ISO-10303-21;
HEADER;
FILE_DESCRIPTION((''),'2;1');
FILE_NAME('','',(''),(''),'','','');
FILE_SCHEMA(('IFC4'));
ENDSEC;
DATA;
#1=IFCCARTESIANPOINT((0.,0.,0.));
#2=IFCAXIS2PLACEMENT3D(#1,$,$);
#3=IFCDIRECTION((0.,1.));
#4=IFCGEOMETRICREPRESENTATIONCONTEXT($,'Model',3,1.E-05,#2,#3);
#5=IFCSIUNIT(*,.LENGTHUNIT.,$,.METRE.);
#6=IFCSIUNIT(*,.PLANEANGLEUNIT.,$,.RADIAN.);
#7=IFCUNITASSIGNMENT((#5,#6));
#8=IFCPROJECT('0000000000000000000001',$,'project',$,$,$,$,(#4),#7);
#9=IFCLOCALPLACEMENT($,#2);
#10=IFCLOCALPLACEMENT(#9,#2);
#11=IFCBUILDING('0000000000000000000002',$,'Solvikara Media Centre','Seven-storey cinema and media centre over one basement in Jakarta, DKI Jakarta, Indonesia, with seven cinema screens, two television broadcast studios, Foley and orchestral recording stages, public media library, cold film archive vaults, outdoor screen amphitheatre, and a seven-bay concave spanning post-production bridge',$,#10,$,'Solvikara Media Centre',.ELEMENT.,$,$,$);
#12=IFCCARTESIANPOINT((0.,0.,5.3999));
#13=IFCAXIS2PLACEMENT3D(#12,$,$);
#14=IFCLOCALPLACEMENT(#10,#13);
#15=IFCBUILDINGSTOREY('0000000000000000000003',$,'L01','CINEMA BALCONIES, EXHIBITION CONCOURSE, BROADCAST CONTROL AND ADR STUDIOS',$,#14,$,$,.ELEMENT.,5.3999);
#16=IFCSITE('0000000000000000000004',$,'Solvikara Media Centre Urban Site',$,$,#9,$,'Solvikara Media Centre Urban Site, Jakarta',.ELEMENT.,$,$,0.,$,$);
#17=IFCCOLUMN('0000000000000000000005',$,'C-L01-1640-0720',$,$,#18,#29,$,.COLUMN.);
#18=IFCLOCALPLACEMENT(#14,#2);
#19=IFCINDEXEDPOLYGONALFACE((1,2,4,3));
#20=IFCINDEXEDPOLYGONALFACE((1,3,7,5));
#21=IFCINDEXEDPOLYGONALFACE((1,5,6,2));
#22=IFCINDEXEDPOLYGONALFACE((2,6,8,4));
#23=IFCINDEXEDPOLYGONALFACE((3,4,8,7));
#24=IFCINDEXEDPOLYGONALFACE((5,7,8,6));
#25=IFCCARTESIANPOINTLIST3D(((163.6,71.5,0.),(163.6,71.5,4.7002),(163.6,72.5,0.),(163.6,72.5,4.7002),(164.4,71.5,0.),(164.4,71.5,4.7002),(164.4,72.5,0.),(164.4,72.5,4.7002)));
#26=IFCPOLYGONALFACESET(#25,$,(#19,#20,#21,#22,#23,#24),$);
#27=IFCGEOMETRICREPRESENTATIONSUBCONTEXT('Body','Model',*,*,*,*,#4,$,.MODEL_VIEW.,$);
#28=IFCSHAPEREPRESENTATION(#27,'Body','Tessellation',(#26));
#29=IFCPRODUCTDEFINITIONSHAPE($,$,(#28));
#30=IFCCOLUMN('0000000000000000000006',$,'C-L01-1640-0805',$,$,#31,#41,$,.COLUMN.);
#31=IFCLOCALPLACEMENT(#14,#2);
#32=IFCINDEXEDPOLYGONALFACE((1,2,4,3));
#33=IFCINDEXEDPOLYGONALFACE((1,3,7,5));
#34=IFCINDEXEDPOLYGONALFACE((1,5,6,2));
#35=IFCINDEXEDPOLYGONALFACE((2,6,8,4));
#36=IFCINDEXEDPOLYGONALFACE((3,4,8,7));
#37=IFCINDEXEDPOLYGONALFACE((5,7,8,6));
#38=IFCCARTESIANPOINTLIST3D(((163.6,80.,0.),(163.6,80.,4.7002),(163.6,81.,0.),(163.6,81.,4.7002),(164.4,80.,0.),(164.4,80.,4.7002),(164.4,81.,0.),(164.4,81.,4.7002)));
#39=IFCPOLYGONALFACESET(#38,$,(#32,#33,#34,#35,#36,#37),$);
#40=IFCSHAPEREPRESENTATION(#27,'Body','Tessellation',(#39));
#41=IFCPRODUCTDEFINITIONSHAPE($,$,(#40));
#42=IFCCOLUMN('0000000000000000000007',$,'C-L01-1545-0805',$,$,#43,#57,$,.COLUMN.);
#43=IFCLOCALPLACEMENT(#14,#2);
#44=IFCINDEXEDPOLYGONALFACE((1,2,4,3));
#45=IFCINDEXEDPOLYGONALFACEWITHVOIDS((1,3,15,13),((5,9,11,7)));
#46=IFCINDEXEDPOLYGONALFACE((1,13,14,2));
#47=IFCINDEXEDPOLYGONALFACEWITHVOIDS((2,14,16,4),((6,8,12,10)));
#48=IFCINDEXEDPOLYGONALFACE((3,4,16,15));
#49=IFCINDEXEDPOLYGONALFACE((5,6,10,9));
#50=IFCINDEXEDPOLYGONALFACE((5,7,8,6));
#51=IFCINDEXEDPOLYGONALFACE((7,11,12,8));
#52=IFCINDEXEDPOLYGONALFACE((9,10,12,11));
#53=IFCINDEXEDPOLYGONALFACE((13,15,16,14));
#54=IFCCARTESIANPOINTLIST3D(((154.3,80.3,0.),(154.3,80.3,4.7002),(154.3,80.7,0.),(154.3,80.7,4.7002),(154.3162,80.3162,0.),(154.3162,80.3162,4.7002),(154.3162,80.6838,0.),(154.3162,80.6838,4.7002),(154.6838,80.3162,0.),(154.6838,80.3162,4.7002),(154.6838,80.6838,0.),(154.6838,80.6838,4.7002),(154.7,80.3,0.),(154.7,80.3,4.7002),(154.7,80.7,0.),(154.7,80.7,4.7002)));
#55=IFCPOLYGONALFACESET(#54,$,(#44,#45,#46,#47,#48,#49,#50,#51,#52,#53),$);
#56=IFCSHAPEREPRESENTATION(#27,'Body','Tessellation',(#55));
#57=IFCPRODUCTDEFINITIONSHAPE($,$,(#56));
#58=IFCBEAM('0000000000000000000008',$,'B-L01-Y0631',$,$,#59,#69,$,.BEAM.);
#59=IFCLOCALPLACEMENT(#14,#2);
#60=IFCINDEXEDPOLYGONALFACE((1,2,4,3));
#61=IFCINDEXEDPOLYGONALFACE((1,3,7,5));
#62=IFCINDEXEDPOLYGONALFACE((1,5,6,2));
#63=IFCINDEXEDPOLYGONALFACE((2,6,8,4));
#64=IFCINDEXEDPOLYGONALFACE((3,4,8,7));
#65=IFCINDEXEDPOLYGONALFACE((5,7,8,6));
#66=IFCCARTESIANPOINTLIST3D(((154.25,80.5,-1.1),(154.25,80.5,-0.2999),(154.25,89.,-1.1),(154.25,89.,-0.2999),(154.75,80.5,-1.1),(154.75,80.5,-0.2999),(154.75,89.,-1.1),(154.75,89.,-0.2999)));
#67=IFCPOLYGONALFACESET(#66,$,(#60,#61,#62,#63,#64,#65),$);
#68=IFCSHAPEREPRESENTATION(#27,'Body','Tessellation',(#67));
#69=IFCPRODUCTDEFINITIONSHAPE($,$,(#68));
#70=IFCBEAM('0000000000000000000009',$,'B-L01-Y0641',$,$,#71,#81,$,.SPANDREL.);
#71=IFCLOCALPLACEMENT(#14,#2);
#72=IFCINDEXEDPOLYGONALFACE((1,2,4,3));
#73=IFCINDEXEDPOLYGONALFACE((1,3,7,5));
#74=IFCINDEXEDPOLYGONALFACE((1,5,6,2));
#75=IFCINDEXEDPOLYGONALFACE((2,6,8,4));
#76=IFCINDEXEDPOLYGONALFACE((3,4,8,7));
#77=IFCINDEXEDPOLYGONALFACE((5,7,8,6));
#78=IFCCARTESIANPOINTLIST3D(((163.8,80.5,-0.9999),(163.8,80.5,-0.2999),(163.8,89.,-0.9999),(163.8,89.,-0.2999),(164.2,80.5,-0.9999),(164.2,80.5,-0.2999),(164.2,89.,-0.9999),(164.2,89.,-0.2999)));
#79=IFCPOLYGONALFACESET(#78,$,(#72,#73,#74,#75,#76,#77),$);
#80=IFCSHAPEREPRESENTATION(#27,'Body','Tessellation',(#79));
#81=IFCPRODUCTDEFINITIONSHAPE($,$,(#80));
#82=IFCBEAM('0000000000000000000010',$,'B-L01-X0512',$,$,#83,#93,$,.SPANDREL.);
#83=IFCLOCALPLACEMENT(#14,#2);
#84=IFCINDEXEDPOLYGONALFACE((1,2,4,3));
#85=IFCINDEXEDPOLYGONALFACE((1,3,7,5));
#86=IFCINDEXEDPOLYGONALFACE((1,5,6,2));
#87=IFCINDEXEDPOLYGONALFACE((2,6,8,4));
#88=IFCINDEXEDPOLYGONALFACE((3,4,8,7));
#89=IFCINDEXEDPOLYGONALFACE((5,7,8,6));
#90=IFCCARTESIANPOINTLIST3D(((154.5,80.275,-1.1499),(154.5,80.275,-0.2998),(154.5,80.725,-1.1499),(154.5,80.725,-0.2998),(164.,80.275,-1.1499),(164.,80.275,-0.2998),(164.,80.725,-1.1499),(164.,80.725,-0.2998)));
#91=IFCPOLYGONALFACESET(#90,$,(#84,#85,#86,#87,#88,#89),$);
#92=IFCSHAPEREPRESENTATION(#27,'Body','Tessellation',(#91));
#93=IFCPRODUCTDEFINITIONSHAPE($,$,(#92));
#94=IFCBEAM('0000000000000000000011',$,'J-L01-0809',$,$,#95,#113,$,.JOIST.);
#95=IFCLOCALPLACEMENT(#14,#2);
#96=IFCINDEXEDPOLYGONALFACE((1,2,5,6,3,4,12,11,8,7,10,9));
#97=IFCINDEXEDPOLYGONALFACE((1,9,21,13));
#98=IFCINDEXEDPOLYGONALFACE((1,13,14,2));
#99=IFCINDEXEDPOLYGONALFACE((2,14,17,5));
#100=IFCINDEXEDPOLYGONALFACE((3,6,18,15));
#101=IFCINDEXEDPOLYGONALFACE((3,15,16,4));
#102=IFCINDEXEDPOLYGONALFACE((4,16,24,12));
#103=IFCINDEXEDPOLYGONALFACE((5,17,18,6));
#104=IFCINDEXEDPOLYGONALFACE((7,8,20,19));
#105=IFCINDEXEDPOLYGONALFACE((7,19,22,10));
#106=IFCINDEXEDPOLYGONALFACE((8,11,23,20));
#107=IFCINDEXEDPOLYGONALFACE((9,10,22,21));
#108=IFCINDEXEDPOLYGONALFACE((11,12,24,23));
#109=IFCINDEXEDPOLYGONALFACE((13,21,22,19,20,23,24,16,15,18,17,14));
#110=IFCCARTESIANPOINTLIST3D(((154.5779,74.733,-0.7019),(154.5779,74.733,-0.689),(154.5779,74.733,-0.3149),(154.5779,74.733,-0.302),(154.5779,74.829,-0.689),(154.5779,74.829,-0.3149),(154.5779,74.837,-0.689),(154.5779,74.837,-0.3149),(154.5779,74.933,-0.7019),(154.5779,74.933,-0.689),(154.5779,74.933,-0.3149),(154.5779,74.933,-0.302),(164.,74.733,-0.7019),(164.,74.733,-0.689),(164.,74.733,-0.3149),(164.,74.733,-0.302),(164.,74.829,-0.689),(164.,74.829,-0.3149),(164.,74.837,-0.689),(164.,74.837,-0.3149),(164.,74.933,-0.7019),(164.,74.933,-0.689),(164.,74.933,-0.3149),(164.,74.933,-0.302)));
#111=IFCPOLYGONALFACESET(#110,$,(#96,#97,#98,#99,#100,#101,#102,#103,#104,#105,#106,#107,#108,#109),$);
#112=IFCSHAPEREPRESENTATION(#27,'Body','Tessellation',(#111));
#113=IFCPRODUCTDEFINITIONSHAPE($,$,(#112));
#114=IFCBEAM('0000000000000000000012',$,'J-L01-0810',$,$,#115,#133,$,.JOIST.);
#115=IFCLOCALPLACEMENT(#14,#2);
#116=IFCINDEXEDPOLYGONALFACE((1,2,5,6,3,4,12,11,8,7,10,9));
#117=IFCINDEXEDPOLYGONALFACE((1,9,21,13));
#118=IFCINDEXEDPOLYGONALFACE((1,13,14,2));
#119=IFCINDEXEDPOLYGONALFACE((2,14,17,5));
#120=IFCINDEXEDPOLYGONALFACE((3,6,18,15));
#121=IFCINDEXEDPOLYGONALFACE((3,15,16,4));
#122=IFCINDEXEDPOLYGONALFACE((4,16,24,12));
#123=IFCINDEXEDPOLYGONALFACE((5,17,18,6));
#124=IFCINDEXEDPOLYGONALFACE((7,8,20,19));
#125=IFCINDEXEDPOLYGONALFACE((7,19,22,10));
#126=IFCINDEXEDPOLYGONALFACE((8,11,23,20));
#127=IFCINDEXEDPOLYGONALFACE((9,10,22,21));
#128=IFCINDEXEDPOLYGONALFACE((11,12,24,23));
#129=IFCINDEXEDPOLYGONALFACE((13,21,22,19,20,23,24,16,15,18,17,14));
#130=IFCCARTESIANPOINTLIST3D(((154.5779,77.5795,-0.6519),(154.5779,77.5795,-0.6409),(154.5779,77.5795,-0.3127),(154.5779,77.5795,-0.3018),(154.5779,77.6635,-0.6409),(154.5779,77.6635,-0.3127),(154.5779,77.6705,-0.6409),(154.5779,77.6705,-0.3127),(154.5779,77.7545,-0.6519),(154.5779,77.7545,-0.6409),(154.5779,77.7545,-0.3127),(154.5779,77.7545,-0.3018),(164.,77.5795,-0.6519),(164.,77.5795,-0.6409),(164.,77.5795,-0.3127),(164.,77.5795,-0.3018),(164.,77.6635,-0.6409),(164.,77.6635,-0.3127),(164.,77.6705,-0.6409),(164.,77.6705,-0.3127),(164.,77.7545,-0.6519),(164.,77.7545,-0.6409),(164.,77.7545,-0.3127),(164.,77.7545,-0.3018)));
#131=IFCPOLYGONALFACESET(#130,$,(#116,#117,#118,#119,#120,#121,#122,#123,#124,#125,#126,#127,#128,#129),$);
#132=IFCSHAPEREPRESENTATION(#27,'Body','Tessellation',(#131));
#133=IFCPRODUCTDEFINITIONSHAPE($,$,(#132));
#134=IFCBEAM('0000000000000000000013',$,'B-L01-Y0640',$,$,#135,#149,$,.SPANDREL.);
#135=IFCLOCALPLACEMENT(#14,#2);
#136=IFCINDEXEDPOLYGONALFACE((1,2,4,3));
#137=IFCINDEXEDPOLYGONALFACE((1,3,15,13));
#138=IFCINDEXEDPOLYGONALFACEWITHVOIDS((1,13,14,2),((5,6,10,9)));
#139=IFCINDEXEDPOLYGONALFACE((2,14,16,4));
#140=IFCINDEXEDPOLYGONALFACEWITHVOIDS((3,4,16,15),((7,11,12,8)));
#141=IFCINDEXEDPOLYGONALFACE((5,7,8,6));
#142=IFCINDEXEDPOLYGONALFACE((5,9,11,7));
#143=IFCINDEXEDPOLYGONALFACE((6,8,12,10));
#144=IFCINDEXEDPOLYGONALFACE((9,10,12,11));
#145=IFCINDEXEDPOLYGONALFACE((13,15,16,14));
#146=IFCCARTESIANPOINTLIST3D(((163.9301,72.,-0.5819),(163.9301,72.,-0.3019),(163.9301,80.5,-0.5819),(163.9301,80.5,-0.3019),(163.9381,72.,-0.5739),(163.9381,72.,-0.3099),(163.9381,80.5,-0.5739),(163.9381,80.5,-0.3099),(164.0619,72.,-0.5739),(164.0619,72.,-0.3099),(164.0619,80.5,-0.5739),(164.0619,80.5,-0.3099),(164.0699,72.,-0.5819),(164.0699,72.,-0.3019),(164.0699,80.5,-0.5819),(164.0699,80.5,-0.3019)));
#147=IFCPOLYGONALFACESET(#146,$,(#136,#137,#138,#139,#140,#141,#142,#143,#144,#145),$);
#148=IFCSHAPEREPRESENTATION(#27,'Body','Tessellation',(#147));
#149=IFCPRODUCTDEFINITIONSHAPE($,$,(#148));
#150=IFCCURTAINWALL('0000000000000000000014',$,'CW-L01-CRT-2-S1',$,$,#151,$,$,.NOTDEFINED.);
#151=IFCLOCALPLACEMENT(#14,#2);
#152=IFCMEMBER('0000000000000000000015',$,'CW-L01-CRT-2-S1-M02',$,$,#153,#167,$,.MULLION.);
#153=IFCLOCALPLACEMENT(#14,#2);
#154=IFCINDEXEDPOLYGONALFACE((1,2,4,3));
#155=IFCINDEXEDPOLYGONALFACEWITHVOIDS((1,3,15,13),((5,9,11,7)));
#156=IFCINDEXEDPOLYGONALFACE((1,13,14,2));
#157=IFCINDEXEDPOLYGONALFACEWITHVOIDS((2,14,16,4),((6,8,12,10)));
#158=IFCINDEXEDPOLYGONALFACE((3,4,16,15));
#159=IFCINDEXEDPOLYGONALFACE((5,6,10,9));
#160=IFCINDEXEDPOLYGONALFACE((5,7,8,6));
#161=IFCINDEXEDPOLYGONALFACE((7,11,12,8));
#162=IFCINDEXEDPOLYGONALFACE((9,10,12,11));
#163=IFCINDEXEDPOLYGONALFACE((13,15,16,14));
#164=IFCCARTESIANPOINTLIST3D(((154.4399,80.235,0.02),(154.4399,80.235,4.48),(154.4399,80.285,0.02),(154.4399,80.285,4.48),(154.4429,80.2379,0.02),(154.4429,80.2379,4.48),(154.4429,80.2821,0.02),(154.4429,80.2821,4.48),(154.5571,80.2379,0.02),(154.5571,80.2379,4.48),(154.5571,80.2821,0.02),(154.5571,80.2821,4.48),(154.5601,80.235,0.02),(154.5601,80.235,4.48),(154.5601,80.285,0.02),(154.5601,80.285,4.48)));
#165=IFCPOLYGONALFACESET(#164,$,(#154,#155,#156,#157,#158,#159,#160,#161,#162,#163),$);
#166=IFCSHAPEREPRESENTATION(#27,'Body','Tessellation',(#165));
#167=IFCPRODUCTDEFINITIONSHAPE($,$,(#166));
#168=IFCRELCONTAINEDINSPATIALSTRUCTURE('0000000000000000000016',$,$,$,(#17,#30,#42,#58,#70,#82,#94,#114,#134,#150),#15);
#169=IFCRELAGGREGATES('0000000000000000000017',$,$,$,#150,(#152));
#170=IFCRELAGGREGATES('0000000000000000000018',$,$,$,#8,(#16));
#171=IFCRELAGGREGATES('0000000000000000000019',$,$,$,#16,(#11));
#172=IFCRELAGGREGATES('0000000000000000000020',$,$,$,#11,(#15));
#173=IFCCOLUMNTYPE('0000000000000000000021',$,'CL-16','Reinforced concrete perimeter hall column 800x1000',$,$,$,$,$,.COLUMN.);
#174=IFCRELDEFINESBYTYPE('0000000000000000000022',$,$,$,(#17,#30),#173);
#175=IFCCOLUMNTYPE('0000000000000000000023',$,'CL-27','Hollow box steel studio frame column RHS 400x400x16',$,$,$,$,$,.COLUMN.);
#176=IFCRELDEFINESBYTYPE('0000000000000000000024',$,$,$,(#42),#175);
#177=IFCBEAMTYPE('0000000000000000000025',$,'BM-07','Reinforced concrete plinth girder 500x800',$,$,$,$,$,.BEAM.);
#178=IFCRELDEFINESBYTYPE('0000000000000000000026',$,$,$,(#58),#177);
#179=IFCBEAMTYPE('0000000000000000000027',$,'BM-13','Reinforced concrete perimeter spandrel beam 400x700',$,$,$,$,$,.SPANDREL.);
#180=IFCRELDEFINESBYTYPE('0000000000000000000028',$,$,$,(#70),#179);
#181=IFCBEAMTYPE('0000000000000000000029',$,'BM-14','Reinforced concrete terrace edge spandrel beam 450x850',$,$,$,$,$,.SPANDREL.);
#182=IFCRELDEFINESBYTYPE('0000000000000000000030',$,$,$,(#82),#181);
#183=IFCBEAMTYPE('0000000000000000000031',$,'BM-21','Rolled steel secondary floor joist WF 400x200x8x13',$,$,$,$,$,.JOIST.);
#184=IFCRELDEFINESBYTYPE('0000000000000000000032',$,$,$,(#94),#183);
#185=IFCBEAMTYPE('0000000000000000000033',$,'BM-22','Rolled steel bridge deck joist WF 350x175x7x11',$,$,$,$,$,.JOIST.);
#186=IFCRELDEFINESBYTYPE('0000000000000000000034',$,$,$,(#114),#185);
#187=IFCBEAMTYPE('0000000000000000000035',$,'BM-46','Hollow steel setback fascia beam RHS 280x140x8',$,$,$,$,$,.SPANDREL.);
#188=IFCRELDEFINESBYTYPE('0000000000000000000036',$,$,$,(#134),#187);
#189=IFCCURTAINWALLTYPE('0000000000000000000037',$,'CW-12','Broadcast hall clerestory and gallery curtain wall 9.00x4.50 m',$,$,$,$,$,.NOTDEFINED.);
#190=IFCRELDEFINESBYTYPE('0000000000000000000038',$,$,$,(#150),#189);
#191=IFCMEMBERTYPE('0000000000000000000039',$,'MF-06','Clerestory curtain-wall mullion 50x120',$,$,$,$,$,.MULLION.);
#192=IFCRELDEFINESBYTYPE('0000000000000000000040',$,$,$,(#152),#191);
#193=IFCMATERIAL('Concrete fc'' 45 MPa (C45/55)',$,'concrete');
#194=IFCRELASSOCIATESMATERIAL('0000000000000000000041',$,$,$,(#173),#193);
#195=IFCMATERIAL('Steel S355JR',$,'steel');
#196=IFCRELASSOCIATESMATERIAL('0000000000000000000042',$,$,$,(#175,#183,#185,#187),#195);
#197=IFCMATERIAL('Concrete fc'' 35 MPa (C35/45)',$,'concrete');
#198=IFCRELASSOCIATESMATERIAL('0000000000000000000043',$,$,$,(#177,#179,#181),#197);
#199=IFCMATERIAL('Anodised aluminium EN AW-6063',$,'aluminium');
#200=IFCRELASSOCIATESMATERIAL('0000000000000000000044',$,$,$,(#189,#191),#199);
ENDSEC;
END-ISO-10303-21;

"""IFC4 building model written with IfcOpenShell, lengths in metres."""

from ifc_helpers import new_model, si_unit, direction, frame, origin, origin_2d, place, context, subcontext, project, spatial, rectangle, hollow_rectangle, i_section, extrude, material, material_profile, profile_set, type_object, element, aggregate, save


model = new_model("IFC4")

# Units and contexts
model_context = context("Model", 3, precision=1e-05, world=origin(), true_north=direction((0.0, 1.0)))
body_context = subcontext(model_context, "Body", "Model", "MODEL_VIEW")
ifc_project = project(units=[si_unit("LENGTHUNIT", "METRE"), si_unit("PLANEANGLEUNIT", "RADIAN")], contexts=[model_context])

# Site, building, storey
site_placement = place(None, origin())
site = spatial("IfcSite", under=ifc_project, at=site_placement, Name="Solvikara Media Centre Urban Site", LongName="Solvikara Media Centre Urban Site, Jakarta", CompositionType="ELEMENT", RefElevation=0.0)
building_placement = place(site_placement, origin())
building = spatial("IfcBuilding", under=site, at=building_placement, Name="Solvikara Media Centre", Description="Seven-storey cinema and media centre over one basement in Jakarta, DKI Jakarta, Indonesia, with seven cinema screens, two television broadcast studios, Foley and orchestral recording stages, public media library, cold film archive vaults, outdoor screen amphitheatre, and a seven-bay concave spanning post-production bridge", LongName="Solvikara Media Centre", CompositionType="ELEMENT")
storey_placement = place(building_placement, frame((0.0, 0.0, 5.3999)))
storey = spatial("IfcBuildingStorey", under=building, at=storey_placement, Name="L01", Description="CINEMA BALCONIES, EXHIBITION CONCOURSE, BROADCAST CONTROL AND ADR STUDIOS", CompositionType="ELEMENT", Elevation=5.3999)

# Columns
ifc_material_1 = material(Name="Concrete fc' 45 MPa (C45/55)", Category="concrete")
ifc_material_profile_1 = material_profile(ifc_material_1, rectangle(XDim=0.8, YDim=1.0, at=origin_2d()), Name="RC 800x1000")
ifc_profile_set_1 = profile_set([ifc_material_profile_1], Name="Concrete fc' 45 MPa (C45/55)")
column_type_1 = type_object("IfcColumnType", Name="CL-16", Description="Reinforced concrete perimeter hall column 800x1000", PredefinedType="COLUMN", material=ifc_profile_set_1)
for number, where, z_axis, x_axis, name in (
    (1, (164.0, 72.0, 0.0), (0.0, 0.0, 1.0), (1.0, 0.0, 0.0), "C-L01-1640-0720"),
    (2, (164.0, 80.5, 0.0), (0.0, 0.0, 1.0), (1.0, 0.0, 0.0), "C-L01-1640-0805"),
):
    element("IfcColumn", number, at=place(storey_placement, frame(where, z_axis=z_axis, x_axis=x_axis)), inside=storey, type_object=column_type_1, Name=name, PredefinedType="COLUMN", context=body_context, shape_type="SweptSolid", body=[
        extrude(rectangle(XDim=0.8, YDim=1.0, at=origin_2d()), origin(), (0.0, 0.0, 1.0), 4.7002),
    ])
ifc_material_2 = material(Name="Steel S355JR", Category="steel")
ifc_material_profile_2 = material_profile(ifc_material_2, hollow_rectangle(XDim=0.3999, YDim=0.3999, WallThickness=0.0161, at=origin_2d()), Name="RHS 400x400x16")
ifc_profile_set_2 = profile_set([ifc_material_profile_2], Name="Steel S355JR")
column_type_2 = type_object("IfcColumnType", Name="CL-27", Description="Hollow box steel studio frame column RHS 400x400x16", PredefinedType="COLUMN", material=ifc_profile_set_2)
column_placement = place(storey_placement, frame((154.5, 80.5, 0.0), z_axis=(0.0, 0.0, 1.0), x_axis=(1.0, 0.0, 0.0)))
element("IfcColumn", 3, at=column_placement, inside=storey, type_object=column_type_2, Name="C-L01-1545-0805", PredefinedType="COLUMN", context=body_context, shape_type="SweptSolid", body=[
    extrude(hollow_rectangle(XDim=0.3999, YDim=0.3999, WallThickness=0.0161, at=origin_2d()), origin(), (0.0, 0.0, 1.0), 4.7002),
])

# Beams
ifc_material_3 = material(Name="Concrete fc' 35 MPa (C35/45)", Category="concrete")
ifc_material_profile_3 = material_profile(ifc_material_3, rectangle(XDim=0.5, YDim=0.8, at=origin_2d()), Name="RC 500x800")
ifc_profile_set_3 = profile_set([ifc_material_profile_3], Name="Concrete fc' 35 MPa (C35/45)")
beam_type_1 = type_object("IfcBeamType", Name="BM-07", Description="Reinforced concrete plinth girder 500x800", PredefinedType="BEAM", material=ifc_profile_set_3)
beam_1_placement = place(storey_placement, frame((154.5, 80.5, -0.7), z_axis=(0.0, 1.0, 0.0), x_axis=(-1.0, 0.0, 0.0)))
element("IfcBeam", 4, at=beam_1_placement, inside=storey, type_object=beam_type_1, Name="B-L01-Y0631", PredefinedType="BEAM", context=body_context, shape_type="SweptSolid", body=[
    extrude(rectangle(XDim=0.5, YDim=0.8, at=origin_2d()), origin(), (0.0, 0.0, 1.0), 8.5),
])
ifc_material_profile_4 = material_profile(ifc_material_3, rectangle(XDim=0.3999, YDim=0.7, at=origin_2d()), Name="RC 400x700")
ifc_profile_set_4 = profile_set([ifc_material_profile_4], Name="Concrete fc' 35 MPa (C35/45)")
beam_type_2 = type_object("IfcBeamType", Name="BM-13", Description="Reinforced concrete perimeter spandrel beam 400x700", PredefinedType="SPANDREL", material=ifc_profile_set_4)
beam_2_placement = place(storey_placement, frame((164.0, 80.5, -0.6499), z_axis=(0.0, 1.0, 0.0), x_axis=(-1.0, 0.0, 0.0)))
element("IfcBeam", 5, at=beam_2_placement, inside=storey, type_object=beam_type_2, Name="B-L01-Y0641", PredefinedType="SPANDREL", context=body_context, shape_type="SweptSolid", body=[
    extrude(rectangle(XDim=0.3999, YDim=0.7, at=origin_2d()), origin(), (0.0, 0.0, 1.0), 8.5),
])
ifc_material_profile_5 = material_profile(ifc_material_3, rectangle(XDim=0.45, YDim=0.8501, at=origin_2d()), Name="RC 450x850")
ifc_profile_set_5 = profile_set([ifc_material_profile_5], Name="Concrete fc' 35 MPa (C35/45)")
beam_type_3 = type_object("IfcBeamType", Name="BM-14", Description="Reinforced concrete terrace edge spandrel beam 450x850", PredefinedType="SPANDREL", material=ifc_profile_set_5)
beam_3_placement = place(storey_placement, frame((154.5, 80.5, -0.7249), z_axis=(1.0, 0.0, 0.0), x_axis=(0.0, 1.0, 0.0)))
element("IfcBeam", 6, at=beam_3_placement, inside=storey, type_object=beam_type_3, Name="B-L01-X0512", PredefinedType="SPANDREL", context=body_context, shape_type="SweptSolid", body=[
    extrude(rectangle(XDim=0.45, YDim=0.8501, at=origin_2d()), origin(), (0.0, 0.0, 1.0), 9.5),
])
ifc_material_profile_6 = material_profile(ifc_material_2, i_section(OverallWidth=0.2, OverallDepth=0.3999, WebThickness=0.0081, FlangeThickness=0.0129, at=origin_2d()), Name="WF 400x200x8x13")
ifc_profile_set_6 = profile_set([ifc_material_profile_6], Name="Steel S355JR")
beam_type_4 = type_object("IfcBeamType", Name="BM-21", Description="Rolled steel secondary floor joist WF 400x200x8x13", PredefinedType="JOIST", material=ifc_profile_set_6)
beam_4_placement = place(storey_placement, frame((154.5779, 74.833, -0.502), z_axis=(1.0, 0.0, 0.0), x_axis=(0.0, 1.0, 0.0)))
element("IfcBeam", 7, at=beam_4_placement, inside=storey, type_object=beam_type_4, Name="J-L01-0809", PredefinedType="JOIST", context=body_context, shape_type="SweptSolid", body=[
    extrude(i_section(OverallWidth=0.2, OverallDepth=0.3999, WebThickness=0.0081, FlangeThickness=0.0129, at=origin_2d()), origin(), (0.0, 0.0, 1.0), 9.4221),
])
ifc_material_profile_7 = material_profile(ifc_material_2, i_section(OverallWidth=0.175, OverallDepth=0.3501, WebThickness=0.0071, FlangeThickness=0.011, at=origin_2d()), Name="WF 350x175x7x11")
ifc_profile_set_7 = profile_set([ifc_material_profile_7], Name="Steel S355JR")
beam_type_5 = type_object("IfcBeamType", Name="BM-22", Description="Rolled steel bridge deck joist WF 350x175x7x11", PredefinedType="JOIST", material=ifc_profile_set_7)
beam_5_placement = place(storey_placement, frame((154.5779, 77.667, -0.4768), z_axis=(1.0, 0.0, 0.0), x_axis=(0.0, 1.0, 0.0)))
element("IfcBeam", 8, at=beam_5_placement, inside=storey, type_object=beam_type_5, Name="J-L01-0810", PredefinedType="JOIST", context=body_context, shape_type="SweptSolid", body=[
    extrude(i_section(OverallWidth=0.175, OverallDepth=0.3501, WebThickness=0.0071, FlangeThickness=0.011, at=origin_2d()), origin(), (0.0, 0.0, 1.0), 9.4221),
])
ifc_material_profile_8 = material_profile(ifc_material_2, hollow_rectangle(XDim=0.1399, YDim=0.28, WallThickness=0.0081, at=origin_2d()), Name="RHS 280x140x8")
ifc_profile_set_8 = profile_set([ifc_material_profile_8], Name="Steel S355JR")
beam_type_6 = type_object("IfcBeamType", Name="BM-46", Description="Hollow steel setback fascia beam RHS 280x140x8", PredefinedType="SPANDREL", material=ifc_profile_set_8)
beam_6_placement = place(storey_placement, frame((164.0, 72.0, -0.4419), z_axis=(0.0, 1.0, 0.0), x_axis=(-1.0, 0.0, 0.0)))
element("IfcBeam", 9, at=beam_6_placement, inside=storey, type_object=beam_type_6, Name="B-L01-Y0640", PredefinedType="SPANDREL", context=body_context, shape_type="SweptSolid", body=[
    extrude(hollow_rectangle(XDim=0.1399, YDim=0.28, WallThickness=0.0081, at=origin_2d()), origin(), (0.0, 0.0, 1.0), 8.5),
])

# Curtain wall, member
ifc_material_4 = material(Name="Anodised aluminium EN AW-6063", Category="aluminium")
curtain_wall_type = type_object("IfcCurtainWallType", Name="CW-12", Description="Broadcast hall clerestory and gallery curtain wall 9.00x4.50 m", PredefinedType="NOTDEFINED", material=ifc_material_4)
curtain_wall_1_placement = place(storey_placement, origin())
curtain_wall_1 = element("IfcCurtainWall", 10, at=curtain_wall_1_placement, inside=storey, type_object=curtain_wall_type, Name="CW-L01-CRT-2-S1", PredefinedType="NOTDEFINED")
ifc_material_profile_9 = material_profile(ifc_material_4, hollow_rectangle(XDim=0.05, YDim=0.1201, WallThickness=0.0029, at=origin_2d()), Name="ALU-M 50x120x3")
ifc_profile_set_9 = profile_set([ifc_material_profile_9], Name="Anodised aluminium EN AW-6063")
member_type_1 = type_object("IfcMemberType", Name="MF-06", Description="Clerestory curtain-wall mullion 50x120", PredefinedType="MULLION", material=ifc_profile_set_9)
member_1_placement = place(storey_placement, frame((154.5, 80.26, 0.02), z_axis=(0.0, 0.0, 1.0), x_axis=(0.0, 1.0, 0.0)))
member_1 = element("IfcMember", 11, at=member_1_placement, type_object=member_type_1, Name="CW-L01-CRT-2-S1-M02", PredefinedType="MULLION", context=body_context, shape_type="SweptSolid", body=[
    extrude(hollow_rectangle(XDim=0.05, YDim=0.1201, WallThickness=0.0029, at=origin_2d()), origin(), (0.0, 0.0, 1.0), 4.46),
])
aggregate(curtain_wall_1, [member_1])

save(model, "model.ifc")
